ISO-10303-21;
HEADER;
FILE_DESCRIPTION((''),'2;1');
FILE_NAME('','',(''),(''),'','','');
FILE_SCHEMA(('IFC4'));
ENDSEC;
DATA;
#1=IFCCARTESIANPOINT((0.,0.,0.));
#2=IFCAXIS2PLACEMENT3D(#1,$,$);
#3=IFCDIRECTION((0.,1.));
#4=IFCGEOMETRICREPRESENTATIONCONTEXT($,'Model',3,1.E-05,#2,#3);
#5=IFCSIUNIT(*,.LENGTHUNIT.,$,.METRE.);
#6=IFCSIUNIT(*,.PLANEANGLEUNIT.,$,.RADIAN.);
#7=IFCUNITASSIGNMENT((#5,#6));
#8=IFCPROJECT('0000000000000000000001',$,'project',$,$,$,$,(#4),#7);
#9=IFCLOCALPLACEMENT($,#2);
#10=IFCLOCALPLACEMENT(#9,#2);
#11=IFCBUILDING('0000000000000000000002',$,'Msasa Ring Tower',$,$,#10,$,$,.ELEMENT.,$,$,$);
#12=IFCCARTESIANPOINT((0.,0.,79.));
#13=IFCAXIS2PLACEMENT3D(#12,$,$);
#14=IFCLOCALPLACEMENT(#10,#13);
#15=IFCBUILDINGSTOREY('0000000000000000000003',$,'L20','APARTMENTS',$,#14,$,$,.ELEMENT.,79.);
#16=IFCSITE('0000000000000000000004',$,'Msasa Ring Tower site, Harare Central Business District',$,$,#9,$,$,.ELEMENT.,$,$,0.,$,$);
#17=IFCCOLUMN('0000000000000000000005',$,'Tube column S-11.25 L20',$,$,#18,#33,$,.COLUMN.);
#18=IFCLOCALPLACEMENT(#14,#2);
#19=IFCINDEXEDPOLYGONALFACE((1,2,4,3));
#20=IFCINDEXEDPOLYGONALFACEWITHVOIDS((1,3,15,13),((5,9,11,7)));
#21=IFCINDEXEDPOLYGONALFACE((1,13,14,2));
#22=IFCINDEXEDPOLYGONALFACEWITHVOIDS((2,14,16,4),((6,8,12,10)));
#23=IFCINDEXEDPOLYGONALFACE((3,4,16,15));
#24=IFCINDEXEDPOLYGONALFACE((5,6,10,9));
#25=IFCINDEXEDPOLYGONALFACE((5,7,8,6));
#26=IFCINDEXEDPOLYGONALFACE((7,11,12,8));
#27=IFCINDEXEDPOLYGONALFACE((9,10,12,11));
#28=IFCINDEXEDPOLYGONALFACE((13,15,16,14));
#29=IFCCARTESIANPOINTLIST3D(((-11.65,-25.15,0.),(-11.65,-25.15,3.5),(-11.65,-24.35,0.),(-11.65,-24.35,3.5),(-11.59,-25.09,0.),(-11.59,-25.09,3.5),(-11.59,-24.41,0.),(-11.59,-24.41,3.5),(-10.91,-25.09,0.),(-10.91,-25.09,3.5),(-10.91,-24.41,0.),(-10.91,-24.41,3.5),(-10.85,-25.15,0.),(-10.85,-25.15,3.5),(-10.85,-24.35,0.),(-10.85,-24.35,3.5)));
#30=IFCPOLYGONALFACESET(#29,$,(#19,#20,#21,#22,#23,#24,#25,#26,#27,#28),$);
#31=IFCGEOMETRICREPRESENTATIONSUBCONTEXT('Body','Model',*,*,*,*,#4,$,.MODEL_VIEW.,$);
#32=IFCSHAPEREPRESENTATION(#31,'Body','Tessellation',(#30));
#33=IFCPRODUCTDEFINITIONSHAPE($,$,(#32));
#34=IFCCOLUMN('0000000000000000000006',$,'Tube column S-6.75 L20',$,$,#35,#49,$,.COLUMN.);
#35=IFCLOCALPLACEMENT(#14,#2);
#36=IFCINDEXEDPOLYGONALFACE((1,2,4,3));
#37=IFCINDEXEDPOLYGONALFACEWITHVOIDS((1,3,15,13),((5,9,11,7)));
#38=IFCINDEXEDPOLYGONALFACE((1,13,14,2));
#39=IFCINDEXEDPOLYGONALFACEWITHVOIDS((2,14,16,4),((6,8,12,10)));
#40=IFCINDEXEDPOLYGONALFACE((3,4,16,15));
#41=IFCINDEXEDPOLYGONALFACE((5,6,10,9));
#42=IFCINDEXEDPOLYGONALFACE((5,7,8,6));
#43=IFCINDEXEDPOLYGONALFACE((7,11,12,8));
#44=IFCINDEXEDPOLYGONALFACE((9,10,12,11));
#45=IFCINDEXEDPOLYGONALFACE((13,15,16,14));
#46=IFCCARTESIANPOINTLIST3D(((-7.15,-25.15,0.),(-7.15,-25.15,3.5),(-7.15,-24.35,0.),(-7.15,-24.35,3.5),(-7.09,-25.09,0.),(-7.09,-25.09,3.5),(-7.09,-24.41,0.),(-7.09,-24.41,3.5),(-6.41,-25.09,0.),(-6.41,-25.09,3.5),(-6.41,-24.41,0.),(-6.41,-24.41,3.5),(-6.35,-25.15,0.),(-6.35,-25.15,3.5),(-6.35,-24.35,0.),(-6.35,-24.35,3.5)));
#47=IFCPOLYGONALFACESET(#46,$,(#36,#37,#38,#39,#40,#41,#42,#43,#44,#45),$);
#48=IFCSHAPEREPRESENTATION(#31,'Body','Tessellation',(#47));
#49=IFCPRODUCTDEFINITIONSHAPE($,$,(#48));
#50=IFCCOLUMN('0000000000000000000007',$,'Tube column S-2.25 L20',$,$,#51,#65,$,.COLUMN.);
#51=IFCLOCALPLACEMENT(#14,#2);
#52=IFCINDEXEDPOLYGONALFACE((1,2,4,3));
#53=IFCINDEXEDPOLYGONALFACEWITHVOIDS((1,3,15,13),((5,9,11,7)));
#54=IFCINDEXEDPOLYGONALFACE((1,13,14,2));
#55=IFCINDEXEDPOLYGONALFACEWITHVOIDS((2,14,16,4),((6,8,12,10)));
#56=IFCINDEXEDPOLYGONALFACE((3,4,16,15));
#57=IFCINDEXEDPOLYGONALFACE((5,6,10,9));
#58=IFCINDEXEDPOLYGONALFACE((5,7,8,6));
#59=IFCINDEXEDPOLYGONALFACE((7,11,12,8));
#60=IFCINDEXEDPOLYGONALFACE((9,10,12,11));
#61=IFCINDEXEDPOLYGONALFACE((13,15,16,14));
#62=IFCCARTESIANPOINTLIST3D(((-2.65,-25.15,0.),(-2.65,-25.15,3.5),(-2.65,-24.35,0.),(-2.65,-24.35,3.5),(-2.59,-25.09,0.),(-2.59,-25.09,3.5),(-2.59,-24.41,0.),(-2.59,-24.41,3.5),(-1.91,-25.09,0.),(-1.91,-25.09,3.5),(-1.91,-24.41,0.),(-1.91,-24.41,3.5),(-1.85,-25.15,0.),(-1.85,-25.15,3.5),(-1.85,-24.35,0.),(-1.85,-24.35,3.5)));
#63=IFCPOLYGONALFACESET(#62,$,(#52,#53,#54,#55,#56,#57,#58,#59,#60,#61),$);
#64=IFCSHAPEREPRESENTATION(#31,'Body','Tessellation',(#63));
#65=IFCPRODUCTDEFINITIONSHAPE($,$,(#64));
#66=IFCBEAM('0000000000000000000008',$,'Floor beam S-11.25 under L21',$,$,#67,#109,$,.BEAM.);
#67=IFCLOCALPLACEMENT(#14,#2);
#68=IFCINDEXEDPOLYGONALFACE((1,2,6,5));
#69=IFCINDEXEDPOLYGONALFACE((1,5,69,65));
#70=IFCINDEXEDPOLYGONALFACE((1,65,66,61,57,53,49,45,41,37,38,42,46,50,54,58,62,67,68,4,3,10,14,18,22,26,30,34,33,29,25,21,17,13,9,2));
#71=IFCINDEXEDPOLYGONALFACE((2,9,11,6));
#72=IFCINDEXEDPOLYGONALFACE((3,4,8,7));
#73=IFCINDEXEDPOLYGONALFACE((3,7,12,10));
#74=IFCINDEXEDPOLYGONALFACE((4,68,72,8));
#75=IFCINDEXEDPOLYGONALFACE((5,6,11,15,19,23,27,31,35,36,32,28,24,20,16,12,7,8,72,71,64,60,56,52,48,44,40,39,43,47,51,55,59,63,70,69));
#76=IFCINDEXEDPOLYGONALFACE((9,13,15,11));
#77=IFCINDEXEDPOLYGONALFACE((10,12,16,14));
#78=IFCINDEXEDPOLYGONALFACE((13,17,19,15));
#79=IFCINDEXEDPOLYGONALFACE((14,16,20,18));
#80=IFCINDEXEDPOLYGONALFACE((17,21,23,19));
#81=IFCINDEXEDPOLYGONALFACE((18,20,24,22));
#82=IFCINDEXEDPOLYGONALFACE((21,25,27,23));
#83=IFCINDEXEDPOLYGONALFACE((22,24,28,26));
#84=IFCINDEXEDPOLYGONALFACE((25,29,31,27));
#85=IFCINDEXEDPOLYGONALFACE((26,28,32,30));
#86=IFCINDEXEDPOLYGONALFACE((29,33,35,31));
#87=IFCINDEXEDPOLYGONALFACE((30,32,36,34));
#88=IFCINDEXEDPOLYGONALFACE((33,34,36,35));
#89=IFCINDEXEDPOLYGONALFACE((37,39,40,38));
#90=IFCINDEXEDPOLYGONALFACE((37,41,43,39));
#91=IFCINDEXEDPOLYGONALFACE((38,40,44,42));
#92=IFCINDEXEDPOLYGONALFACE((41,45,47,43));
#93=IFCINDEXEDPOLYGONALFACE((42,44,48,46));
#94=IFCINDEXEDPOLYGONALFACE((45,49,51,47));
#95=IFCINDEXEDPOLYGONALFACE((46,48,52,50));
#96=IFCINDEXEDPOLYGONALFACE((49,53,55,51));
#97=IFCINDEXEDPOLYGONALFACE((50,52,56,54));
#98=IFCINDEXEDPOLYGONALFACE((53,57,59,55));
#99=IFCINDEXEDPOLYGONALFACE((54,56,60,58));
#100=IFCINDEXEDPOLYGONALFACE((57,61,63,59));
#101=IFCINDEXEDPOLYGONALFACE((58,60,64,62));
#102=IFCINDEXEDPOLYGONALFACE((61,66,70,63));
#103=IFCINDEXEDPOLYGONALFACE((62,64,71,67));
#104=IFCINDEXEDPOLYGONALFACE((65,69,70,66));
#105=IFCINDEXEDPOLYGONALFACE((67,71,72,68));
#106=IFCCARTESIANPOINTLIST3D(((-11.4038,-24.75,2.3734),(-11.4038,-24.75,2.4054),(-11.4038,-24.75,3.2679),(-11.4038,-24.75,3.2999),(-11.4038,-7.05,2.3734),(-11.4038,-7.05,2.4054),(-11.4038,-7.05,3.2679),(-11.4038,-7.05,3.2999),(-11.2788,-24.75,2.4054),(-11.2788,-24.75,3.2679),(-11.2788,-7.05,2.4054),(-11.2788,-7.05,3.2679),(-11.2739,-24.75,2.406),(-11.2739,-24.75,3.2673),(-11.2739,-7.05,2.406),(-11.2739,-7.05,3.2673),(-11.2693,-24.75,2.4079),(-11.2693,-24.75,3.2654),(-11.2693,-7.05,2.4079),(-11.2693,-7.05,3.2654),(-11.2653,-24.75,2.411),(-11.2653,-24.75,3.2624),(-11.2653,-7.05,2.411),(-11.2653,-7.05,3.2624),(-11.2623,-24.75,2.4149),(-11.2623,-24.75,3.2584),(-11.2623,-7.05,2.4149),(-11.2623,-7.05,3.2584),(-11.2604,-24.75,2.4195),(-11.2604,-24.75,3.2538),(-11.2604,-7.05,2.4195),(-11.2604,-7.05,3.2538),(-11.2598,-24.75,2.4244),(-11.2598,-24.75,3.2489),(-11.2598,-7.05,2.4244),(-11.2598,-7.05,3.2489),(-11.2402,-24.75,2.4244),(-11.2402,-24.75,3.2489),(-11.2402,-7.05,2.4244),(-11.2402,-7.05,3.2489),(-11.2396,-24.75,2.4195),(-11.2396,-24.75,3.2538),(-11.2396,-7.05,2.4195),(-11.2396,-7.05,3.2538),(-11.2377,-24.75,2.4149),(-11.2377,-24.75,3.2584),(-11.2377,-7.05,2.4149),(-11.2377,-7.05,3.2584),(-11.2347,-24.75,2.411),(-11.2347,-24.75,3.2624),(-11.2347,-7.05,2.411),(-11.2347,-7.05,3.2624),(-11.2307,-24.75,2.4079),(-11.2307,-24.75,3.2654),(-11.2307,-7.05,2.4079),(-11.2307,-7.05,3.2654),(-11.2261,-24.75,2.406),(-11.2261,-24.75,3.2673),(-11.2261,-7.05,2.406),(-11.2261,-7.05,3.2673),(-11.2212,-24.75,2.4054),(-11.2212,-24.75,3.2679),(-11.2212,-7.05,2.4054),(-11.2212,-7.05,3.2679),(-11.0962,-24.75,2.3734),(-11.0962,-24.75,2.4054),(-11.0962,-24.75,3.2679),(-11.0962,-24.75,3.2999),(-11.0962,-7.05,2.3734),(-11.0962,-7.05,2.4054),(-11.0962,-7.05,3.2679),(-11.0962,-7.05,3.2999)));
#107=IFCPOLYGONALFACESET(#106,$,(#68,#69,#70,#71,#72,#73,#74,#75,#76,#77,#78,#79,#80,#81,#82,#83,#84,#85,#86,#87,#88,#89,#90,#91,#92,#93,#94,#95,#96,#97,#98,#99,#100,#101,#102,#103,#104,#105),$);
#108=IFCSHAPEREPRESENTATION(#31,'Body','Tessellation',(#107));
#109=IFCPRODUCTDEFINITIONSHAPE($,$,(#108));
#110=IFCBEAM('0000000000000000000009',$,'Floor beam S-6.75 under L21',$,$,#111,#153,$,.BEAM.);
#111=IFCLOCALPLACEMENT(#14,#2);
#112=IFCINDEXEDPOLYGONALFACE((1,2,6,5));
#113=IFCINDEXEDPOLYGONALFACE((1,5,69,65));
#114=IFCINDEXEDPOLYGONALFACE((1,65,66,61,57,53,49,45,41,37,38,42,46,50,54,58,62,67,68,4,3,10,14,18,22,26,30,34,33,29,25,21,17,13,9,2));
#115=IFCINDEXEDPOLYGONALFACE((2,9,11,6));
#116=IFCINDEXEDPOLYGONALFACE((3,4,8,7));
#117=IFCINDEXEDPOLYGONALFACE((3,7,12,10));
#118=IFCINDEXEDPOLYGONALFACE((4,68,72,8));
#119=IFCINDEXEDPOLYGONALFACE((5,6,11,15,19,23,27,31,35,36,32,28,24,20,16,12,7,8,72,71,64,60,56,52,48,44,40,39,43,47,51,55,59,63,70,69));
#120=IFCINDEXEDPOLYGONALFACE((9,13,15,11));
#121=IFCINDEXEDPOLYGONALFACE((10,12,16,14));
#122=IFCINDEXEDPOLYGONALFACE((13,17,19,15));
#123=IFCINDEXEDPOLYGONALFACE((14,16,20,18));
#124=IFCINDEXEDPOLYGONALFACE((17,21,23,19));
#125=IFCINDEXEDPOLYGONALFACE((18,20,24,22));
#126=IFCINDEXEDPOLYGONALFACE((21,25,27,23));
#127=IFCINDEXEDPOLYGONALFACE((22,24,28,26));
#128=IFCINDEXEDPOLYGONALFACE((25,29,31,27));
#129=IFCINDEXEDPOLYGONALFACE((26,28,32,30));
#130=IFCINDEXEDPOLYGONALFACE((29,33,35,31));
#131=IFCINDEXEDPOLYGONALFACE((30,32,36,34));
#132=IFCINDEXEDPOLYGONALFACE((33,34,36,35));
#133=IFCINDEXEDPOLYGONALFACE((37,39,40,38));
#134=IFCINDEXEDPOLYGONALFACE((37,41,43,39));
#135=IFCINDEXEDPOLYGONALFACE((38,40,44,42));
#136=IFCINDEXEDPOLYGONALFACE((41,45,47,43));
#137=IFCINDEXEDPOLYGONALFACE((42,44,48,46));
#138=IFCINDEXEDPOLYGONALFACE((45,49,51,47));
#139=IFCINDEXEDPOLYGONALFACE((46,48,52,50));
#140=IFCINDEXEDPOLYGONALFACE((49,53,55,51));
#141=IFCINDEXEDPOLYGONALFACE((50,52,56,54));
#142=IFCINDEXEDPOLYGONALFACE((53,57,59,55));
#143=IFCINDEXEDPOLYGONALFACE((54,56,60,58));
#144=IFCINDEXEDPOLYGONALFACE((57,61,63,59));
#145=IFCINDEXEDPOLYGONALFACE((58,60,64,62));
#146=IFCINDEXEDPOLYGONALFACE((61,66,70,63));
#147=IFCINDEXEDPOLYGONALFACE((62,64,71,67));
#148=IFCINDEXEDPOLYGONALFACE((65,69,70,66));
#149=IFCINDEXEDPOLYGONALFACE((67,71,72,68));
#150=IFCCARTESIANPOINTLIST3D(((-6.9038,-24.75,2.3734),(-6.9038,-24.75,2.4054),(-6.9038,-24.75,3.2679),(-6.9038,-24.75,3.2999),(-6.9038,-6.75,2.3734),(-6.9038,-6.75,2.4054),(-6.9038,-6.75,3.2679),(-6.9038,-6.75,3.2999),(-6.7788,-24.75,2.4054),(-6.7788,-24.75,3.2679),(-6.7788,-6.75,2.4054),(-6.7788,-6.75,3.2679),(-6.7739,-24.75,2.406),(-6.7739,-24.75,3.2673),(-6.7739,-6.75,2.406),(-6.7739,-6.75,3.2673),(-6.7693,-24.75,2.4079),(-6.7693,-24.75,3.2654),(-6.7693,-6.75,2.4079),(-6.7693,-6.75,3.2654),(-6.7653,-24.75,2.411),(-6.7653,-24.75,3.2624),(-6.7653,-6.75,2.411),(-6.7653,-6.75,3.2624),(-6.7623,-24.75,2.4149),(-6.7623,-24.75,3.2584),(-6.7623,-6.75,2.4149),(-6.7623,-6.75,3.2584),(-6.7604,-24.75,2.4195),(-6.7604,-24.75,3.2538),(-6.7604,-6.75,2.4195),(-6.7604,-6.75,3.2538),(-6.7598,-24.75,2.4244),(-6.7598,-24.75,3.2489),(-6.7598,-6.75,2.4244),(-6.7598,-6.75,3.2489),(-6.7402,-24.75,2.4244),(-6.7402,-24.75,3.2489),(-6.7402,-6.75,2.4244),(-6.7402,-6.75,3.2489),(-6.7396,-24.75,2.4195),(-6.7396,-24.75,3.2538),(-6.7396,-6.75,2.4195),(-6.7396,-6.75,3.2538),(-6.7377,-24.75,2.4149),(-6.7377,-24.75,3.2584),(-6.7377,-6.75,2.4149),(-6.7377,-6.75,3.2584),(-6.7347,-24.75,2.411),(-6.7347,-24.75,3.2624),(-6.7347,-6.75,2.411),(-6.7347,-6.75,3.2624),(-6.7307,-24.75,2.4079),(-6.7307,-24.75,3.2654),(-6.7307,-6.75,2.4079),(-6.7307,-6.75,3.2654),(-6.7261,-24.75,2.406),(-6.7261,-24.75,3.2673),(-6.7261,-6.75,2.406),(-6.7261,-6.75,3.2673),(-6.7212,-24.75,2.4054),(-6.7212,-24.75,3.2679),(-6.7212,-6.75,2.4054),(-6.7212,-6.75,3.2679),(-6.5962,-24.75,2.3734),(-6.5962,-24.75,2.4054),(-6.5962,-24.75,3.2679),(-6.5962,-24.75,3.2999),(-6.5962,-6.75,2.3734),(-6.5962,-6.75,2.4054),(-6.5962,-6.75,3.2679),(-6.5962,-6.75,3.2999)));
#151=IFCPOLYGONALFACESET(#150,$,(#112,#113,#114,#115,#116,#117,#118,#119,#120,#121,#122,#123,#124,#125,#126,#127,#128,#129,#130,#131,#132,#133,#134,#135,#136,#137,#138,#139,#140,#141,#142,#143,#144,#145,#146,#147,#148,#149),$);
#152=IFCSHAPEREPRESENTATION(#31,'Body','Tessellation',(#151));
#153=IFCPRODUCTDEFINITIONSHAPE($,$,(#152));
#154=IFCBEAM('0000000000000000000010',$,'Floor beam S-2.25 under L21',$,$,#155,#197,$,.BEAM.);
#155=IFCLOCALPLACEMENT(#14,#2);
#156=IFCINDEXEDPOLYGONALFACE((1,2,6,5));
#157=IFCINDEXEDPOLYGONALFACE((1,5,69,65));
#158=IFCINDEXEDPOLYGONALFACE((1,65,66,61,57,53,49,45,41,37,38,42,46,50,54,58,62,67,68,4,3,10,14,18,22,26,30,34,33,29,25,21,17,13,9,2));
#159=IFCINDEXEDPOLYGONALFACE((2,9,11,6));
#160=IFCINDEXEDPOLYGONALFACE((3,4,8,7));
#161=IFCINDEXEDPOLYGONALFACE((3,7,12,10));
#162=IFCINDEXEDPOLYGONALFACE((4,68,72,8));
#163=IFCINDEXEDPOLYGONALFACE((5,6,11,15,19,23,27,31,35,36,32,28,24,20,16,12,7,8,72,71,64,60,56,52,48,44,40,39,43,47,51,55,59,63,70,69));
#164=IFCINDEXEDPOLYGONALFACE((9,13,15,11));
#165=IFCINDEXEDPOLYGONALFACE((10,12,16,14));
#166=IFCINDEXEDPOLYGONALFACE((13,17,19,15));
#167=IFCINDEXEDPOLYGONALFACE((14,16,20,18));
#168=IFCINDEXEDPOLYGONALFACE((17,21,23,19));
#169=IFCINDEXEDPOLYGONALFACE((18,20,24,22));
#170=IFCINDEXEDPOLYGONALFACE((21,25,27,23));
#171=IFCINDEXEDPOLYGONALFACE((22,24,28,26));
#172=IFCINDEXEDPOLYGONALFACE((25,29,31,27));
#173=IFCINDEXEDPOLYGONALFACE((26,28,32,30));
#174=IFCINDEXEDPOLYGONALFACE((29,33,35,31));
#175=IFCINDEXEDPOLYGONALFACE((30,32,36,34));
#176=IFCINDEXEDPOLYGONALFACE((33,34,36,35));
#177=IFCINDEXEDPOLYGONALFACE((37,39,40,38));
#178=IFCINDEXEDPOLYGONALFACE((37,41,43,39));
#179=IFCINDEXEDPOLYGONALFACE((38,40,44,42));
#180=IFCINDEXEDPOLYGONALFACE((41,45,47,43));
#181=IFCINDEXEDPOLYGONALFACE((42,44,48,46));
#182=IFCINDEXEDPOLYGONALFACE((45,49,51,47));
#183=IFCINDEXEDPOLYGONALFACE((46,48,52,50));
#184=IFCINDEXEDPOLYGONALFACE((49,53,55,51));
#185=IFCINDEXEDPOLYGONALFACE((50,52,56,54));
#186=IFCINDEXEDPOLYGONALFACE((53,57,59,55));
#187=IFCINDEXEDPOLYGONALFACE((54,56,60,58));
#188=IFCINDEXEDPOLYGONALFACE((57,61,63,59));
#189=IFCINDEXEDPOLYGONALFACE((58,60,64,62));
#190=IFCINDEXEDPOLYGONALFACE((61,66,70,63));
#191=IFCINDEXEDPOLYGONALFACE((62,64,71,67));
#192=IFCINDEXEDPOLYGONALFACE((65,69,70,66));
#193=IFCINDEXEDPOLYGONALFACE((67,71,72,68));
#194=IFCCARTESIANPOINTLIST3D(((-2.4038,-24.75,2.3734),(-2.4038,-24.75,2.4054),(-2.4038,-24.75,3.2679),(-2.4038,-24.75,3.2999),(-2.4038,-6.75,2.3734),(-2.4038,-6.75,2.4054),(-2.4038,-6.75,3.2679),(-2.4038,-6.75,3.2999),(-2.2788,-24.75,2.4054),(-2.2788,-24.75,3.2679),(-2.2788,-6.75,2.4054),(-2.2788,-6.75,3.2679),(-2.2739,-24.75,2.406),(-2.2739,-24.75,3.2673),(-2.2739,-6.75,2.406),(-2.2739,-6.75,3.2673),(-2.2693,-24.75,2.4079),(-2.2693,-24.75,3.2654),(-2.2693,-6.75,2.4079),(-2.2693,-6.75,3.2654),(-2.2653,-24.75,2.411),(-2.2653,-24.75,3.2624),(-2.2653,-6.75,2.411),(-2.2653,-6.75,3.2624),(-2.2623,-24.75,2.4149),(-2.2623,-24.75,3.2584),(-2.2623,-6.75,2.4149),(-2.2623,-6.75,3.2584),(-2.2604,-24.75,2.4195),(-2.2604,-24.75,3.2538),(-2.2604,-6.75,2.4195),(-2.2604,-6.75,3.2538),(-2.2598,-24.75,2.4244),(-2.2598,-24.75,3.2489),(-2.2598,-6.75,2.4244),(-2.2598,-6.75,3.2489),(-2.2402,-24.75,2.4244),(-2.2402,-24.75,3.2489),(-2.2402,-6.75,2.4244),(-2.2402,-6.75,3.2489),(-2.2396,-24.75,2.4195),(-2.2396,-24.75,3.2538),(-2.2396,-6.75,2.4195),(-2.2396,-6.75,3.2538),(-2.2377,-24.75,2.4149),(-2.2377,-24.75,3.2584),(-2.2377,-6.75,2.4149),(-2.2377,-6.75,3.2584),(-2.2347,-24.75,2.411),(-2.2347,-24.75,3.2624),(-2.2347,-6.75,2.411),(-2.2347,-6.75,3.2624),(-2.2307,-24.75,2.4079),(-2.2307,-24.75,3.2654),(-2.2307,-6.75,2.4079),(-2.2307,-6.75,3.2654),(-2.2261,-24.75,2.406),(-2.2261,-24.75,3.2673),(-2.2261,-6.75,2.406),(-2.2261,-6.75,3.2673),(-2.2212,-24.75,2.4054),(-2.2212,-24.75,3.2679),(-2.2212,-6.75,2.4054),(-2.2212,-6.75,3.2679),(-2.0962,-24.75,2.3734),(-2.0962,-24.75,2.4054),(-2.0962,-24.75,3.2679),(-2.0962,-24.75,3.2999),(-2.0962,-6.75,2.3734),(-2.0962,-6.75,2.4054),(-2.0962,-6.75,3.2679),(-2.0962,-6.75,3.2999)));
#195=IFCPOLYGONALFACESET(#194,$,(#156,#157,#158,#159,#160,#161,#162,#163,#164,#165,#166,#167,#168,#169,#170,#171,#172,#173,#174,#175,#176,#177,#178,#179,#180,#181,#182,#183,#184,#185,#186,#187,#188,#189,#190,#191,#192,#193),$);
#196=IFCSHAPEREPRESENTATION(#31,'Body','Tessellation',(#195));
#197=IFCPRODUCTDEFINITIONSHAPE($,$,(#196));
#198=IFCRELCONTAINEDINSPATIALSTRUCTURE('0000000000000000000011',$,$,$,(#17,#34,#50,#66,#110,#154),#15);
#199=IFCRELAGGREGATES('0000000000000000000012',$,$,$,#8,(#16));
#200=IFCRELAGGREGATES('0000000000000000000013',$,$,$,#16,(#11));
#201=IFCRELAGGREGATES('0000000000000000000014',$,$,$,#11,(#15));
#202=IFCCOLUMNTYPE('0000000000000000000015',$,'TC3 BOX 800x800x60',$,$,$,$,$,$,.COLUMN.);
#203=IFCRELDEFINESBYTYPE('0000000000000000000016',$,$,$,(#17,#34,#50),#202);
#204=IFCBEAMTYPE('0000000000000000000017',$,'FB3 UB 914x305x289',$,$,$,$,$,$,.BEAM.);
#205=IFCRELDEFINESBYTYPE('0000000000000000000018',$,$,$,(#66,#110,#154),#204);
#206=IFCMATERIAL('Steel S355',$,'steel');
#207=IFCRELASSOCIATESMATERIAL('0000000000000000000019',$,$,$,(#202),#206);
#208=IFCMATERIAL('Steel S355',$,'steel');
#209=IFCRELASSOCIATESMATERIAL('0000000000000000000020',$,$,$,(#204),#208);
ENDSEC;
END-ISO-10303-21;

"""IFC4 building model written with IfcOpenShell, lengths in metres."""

from ifc_helpers import new_model, si_unit, direction, frame, origin, origin_2d, place, context, subcontext, project, spatial, hollow_rectangle, i_section, extrude, material, material_profile, profile_set, type_object, element, save


model = new_model("IFC4")

# Units and contexts
model_context = context("Model", 3, precision=1e-05, world=origin(), true_north=direction((0.0, 1.0)))
body_context = subcontext(model_context, "Body", "Model", "MODEL_VIEW")
ifc_project = project(units=[si_unit("LENGTHUNIT", "METRE"), si_unit("PLANEANGLEUNIT", "RADIAN")], contexts=[model_context])

# Site, building, storey
site_placement = place(None, origin())
site = spatial("IfcSite", under=ifc_project, at=site_placement, Name="Msasa Ring Tower site, Harare Central Business District", CompositionType="ELEMENT", RefElevation=0.0)
building_placement = place(site_placement, origin())
building = spatial("IfcBuilding", under=site, at=building_placement, Name="Msasa Ring Tower", CompositionType="ELEMENT")
storey_placement = place(building_placement, frame((0.0, 0.0, 79.0)))
storey = spatial("IfcBuildingStorey", under=building, at=storey_placement, Name="L20", Description="APARTMENTS", CompositionType="ELEMENT", Elevation=79.0)

# Columns
ifc_material_1 = material(Name="Steel S355", Category="steel")
ifc_material_profile_1 = material_profile(ifc_material_1, hollow_rectangle(XDim=0.8, YDim=0.8, WallThickness=0.0601, at=origin_2d()), Name="BOX 800x800x60")
ifc_profile_set_1 = profile_set([ifc_material_profile_1], Name="Steel S355")
column_type = type_object("IfcColumnType", Name="TC3 BOX 800x800x60", PredefinedType="COLUMN", material=ifc_profile_set_1)
for number, where, z_axis, x_axis, name in (
    (1, (-11.25, -24.75, 0.0), (0.0, 0.0, 1.0), (0.0, 1.0, 0.0), "Tube column S-11.25 L20"),
    (2, (-6.75, -24.75, 0.0), (0.0, 0.0, 1.0), (0.0, 1.0, 0.0), "Tube column S-6.75 L20"),
    (3, (-2.25, -24.75, 0.0), (0.0, 0.0, 1.0), (0.0, 1.0, 0.0), "Tube column S-2.25 L20"),
):
    element("IfcColumn", number, at=place(storey_placement, frame(where, z_axis=z_axis, x_axis=x_axis)), inside=storey, type_object=column_type, Name=name, PredefinedType="COLUMN", context=body_context, shape_type="SweptSolid", body=[
        extrude(hollow_rectangle(XDim=0.8, YDim=0.8, WallThickness=0.0601, at=origin_2d()), origin(), (0.0, 0.0, 1.0), 3.5),
    ])

# Beams
ifc_material_2 = material(Name="Steel S355", Category="steel")
ifc_material_profile_2 = material_profile(ifc_material_2, i_section(OverallWidth=0.3076, OverallDepth=0.9265, WebThickness=0.0195, FlangeThickness=0.032, FilletRadius=0.019, at=origin_2d()), Name="UB 914x305x289")
ifc_profile_set_2 = profile_set([ifc_material_profile_2], Name="Steel S355")
beam_type_1 = type_object("IfcBeamType", Name="FB3 UB 914x305x289", PredefinedType="BEAM", material=ifc_profile_set_2)
beam_placement = place(storey_placement, frame((-11.25, -24.75, 2.8367), z_axis=(0.0, 1.0, 0.0), x_axis=(-1.0, 0.0, 0.0)))
element("IfcBeam", 4, at=beam_placement, inside=storey, type_object=beam_type_1, Name="Floor beam S-11.25 under L21", PredefinedType="BEAM", context=body_context, shape_type="SweptSolid", body=[
    extrude(i_section(OverallWidth=0.3076, OverallDepth=0.9265, WebThickness=0.0195, FlangeThickness=0.032, FilletRadius=0.019, at=origin_2d()), origin(), (0.0, 0.0, 1.0), 17.7),
])
for number, where, z_axis, x_axis, name in (
    (5, (-6.75, -24.75, 2.8367), (0.0, 1.0, 0.0), (-1.0, 0.0, 0.0), "Floor beam S-6.75 under L21"),
    (6, (-2.25, -24.75, 2.8367), (0.0, 1.0, 0.0), (-1.0, 0.0, 0.0), "Floor beam S-2.25 under L21"),
):
    element("IfcBeam", number, at=place(storey_placement, frame(where, z_axis=z_axis, x_axis=x_axis)), inside=storey, type_object=beam_type_1, Name=name, PredefinedType="BEAM", context=body_context, shape_type="SweptSolid", body=[
        extrude(i_section(OverallWidth=0.3076, OverallDepth=0.9265, WebThickness=0.0195, FlangeThickness=0.032, FilletRadius=0.019, at=origin_2d()), origin(), (0.0, 0.0, 1.0), 18.0),
    ])

save(model, "model.ifc")
